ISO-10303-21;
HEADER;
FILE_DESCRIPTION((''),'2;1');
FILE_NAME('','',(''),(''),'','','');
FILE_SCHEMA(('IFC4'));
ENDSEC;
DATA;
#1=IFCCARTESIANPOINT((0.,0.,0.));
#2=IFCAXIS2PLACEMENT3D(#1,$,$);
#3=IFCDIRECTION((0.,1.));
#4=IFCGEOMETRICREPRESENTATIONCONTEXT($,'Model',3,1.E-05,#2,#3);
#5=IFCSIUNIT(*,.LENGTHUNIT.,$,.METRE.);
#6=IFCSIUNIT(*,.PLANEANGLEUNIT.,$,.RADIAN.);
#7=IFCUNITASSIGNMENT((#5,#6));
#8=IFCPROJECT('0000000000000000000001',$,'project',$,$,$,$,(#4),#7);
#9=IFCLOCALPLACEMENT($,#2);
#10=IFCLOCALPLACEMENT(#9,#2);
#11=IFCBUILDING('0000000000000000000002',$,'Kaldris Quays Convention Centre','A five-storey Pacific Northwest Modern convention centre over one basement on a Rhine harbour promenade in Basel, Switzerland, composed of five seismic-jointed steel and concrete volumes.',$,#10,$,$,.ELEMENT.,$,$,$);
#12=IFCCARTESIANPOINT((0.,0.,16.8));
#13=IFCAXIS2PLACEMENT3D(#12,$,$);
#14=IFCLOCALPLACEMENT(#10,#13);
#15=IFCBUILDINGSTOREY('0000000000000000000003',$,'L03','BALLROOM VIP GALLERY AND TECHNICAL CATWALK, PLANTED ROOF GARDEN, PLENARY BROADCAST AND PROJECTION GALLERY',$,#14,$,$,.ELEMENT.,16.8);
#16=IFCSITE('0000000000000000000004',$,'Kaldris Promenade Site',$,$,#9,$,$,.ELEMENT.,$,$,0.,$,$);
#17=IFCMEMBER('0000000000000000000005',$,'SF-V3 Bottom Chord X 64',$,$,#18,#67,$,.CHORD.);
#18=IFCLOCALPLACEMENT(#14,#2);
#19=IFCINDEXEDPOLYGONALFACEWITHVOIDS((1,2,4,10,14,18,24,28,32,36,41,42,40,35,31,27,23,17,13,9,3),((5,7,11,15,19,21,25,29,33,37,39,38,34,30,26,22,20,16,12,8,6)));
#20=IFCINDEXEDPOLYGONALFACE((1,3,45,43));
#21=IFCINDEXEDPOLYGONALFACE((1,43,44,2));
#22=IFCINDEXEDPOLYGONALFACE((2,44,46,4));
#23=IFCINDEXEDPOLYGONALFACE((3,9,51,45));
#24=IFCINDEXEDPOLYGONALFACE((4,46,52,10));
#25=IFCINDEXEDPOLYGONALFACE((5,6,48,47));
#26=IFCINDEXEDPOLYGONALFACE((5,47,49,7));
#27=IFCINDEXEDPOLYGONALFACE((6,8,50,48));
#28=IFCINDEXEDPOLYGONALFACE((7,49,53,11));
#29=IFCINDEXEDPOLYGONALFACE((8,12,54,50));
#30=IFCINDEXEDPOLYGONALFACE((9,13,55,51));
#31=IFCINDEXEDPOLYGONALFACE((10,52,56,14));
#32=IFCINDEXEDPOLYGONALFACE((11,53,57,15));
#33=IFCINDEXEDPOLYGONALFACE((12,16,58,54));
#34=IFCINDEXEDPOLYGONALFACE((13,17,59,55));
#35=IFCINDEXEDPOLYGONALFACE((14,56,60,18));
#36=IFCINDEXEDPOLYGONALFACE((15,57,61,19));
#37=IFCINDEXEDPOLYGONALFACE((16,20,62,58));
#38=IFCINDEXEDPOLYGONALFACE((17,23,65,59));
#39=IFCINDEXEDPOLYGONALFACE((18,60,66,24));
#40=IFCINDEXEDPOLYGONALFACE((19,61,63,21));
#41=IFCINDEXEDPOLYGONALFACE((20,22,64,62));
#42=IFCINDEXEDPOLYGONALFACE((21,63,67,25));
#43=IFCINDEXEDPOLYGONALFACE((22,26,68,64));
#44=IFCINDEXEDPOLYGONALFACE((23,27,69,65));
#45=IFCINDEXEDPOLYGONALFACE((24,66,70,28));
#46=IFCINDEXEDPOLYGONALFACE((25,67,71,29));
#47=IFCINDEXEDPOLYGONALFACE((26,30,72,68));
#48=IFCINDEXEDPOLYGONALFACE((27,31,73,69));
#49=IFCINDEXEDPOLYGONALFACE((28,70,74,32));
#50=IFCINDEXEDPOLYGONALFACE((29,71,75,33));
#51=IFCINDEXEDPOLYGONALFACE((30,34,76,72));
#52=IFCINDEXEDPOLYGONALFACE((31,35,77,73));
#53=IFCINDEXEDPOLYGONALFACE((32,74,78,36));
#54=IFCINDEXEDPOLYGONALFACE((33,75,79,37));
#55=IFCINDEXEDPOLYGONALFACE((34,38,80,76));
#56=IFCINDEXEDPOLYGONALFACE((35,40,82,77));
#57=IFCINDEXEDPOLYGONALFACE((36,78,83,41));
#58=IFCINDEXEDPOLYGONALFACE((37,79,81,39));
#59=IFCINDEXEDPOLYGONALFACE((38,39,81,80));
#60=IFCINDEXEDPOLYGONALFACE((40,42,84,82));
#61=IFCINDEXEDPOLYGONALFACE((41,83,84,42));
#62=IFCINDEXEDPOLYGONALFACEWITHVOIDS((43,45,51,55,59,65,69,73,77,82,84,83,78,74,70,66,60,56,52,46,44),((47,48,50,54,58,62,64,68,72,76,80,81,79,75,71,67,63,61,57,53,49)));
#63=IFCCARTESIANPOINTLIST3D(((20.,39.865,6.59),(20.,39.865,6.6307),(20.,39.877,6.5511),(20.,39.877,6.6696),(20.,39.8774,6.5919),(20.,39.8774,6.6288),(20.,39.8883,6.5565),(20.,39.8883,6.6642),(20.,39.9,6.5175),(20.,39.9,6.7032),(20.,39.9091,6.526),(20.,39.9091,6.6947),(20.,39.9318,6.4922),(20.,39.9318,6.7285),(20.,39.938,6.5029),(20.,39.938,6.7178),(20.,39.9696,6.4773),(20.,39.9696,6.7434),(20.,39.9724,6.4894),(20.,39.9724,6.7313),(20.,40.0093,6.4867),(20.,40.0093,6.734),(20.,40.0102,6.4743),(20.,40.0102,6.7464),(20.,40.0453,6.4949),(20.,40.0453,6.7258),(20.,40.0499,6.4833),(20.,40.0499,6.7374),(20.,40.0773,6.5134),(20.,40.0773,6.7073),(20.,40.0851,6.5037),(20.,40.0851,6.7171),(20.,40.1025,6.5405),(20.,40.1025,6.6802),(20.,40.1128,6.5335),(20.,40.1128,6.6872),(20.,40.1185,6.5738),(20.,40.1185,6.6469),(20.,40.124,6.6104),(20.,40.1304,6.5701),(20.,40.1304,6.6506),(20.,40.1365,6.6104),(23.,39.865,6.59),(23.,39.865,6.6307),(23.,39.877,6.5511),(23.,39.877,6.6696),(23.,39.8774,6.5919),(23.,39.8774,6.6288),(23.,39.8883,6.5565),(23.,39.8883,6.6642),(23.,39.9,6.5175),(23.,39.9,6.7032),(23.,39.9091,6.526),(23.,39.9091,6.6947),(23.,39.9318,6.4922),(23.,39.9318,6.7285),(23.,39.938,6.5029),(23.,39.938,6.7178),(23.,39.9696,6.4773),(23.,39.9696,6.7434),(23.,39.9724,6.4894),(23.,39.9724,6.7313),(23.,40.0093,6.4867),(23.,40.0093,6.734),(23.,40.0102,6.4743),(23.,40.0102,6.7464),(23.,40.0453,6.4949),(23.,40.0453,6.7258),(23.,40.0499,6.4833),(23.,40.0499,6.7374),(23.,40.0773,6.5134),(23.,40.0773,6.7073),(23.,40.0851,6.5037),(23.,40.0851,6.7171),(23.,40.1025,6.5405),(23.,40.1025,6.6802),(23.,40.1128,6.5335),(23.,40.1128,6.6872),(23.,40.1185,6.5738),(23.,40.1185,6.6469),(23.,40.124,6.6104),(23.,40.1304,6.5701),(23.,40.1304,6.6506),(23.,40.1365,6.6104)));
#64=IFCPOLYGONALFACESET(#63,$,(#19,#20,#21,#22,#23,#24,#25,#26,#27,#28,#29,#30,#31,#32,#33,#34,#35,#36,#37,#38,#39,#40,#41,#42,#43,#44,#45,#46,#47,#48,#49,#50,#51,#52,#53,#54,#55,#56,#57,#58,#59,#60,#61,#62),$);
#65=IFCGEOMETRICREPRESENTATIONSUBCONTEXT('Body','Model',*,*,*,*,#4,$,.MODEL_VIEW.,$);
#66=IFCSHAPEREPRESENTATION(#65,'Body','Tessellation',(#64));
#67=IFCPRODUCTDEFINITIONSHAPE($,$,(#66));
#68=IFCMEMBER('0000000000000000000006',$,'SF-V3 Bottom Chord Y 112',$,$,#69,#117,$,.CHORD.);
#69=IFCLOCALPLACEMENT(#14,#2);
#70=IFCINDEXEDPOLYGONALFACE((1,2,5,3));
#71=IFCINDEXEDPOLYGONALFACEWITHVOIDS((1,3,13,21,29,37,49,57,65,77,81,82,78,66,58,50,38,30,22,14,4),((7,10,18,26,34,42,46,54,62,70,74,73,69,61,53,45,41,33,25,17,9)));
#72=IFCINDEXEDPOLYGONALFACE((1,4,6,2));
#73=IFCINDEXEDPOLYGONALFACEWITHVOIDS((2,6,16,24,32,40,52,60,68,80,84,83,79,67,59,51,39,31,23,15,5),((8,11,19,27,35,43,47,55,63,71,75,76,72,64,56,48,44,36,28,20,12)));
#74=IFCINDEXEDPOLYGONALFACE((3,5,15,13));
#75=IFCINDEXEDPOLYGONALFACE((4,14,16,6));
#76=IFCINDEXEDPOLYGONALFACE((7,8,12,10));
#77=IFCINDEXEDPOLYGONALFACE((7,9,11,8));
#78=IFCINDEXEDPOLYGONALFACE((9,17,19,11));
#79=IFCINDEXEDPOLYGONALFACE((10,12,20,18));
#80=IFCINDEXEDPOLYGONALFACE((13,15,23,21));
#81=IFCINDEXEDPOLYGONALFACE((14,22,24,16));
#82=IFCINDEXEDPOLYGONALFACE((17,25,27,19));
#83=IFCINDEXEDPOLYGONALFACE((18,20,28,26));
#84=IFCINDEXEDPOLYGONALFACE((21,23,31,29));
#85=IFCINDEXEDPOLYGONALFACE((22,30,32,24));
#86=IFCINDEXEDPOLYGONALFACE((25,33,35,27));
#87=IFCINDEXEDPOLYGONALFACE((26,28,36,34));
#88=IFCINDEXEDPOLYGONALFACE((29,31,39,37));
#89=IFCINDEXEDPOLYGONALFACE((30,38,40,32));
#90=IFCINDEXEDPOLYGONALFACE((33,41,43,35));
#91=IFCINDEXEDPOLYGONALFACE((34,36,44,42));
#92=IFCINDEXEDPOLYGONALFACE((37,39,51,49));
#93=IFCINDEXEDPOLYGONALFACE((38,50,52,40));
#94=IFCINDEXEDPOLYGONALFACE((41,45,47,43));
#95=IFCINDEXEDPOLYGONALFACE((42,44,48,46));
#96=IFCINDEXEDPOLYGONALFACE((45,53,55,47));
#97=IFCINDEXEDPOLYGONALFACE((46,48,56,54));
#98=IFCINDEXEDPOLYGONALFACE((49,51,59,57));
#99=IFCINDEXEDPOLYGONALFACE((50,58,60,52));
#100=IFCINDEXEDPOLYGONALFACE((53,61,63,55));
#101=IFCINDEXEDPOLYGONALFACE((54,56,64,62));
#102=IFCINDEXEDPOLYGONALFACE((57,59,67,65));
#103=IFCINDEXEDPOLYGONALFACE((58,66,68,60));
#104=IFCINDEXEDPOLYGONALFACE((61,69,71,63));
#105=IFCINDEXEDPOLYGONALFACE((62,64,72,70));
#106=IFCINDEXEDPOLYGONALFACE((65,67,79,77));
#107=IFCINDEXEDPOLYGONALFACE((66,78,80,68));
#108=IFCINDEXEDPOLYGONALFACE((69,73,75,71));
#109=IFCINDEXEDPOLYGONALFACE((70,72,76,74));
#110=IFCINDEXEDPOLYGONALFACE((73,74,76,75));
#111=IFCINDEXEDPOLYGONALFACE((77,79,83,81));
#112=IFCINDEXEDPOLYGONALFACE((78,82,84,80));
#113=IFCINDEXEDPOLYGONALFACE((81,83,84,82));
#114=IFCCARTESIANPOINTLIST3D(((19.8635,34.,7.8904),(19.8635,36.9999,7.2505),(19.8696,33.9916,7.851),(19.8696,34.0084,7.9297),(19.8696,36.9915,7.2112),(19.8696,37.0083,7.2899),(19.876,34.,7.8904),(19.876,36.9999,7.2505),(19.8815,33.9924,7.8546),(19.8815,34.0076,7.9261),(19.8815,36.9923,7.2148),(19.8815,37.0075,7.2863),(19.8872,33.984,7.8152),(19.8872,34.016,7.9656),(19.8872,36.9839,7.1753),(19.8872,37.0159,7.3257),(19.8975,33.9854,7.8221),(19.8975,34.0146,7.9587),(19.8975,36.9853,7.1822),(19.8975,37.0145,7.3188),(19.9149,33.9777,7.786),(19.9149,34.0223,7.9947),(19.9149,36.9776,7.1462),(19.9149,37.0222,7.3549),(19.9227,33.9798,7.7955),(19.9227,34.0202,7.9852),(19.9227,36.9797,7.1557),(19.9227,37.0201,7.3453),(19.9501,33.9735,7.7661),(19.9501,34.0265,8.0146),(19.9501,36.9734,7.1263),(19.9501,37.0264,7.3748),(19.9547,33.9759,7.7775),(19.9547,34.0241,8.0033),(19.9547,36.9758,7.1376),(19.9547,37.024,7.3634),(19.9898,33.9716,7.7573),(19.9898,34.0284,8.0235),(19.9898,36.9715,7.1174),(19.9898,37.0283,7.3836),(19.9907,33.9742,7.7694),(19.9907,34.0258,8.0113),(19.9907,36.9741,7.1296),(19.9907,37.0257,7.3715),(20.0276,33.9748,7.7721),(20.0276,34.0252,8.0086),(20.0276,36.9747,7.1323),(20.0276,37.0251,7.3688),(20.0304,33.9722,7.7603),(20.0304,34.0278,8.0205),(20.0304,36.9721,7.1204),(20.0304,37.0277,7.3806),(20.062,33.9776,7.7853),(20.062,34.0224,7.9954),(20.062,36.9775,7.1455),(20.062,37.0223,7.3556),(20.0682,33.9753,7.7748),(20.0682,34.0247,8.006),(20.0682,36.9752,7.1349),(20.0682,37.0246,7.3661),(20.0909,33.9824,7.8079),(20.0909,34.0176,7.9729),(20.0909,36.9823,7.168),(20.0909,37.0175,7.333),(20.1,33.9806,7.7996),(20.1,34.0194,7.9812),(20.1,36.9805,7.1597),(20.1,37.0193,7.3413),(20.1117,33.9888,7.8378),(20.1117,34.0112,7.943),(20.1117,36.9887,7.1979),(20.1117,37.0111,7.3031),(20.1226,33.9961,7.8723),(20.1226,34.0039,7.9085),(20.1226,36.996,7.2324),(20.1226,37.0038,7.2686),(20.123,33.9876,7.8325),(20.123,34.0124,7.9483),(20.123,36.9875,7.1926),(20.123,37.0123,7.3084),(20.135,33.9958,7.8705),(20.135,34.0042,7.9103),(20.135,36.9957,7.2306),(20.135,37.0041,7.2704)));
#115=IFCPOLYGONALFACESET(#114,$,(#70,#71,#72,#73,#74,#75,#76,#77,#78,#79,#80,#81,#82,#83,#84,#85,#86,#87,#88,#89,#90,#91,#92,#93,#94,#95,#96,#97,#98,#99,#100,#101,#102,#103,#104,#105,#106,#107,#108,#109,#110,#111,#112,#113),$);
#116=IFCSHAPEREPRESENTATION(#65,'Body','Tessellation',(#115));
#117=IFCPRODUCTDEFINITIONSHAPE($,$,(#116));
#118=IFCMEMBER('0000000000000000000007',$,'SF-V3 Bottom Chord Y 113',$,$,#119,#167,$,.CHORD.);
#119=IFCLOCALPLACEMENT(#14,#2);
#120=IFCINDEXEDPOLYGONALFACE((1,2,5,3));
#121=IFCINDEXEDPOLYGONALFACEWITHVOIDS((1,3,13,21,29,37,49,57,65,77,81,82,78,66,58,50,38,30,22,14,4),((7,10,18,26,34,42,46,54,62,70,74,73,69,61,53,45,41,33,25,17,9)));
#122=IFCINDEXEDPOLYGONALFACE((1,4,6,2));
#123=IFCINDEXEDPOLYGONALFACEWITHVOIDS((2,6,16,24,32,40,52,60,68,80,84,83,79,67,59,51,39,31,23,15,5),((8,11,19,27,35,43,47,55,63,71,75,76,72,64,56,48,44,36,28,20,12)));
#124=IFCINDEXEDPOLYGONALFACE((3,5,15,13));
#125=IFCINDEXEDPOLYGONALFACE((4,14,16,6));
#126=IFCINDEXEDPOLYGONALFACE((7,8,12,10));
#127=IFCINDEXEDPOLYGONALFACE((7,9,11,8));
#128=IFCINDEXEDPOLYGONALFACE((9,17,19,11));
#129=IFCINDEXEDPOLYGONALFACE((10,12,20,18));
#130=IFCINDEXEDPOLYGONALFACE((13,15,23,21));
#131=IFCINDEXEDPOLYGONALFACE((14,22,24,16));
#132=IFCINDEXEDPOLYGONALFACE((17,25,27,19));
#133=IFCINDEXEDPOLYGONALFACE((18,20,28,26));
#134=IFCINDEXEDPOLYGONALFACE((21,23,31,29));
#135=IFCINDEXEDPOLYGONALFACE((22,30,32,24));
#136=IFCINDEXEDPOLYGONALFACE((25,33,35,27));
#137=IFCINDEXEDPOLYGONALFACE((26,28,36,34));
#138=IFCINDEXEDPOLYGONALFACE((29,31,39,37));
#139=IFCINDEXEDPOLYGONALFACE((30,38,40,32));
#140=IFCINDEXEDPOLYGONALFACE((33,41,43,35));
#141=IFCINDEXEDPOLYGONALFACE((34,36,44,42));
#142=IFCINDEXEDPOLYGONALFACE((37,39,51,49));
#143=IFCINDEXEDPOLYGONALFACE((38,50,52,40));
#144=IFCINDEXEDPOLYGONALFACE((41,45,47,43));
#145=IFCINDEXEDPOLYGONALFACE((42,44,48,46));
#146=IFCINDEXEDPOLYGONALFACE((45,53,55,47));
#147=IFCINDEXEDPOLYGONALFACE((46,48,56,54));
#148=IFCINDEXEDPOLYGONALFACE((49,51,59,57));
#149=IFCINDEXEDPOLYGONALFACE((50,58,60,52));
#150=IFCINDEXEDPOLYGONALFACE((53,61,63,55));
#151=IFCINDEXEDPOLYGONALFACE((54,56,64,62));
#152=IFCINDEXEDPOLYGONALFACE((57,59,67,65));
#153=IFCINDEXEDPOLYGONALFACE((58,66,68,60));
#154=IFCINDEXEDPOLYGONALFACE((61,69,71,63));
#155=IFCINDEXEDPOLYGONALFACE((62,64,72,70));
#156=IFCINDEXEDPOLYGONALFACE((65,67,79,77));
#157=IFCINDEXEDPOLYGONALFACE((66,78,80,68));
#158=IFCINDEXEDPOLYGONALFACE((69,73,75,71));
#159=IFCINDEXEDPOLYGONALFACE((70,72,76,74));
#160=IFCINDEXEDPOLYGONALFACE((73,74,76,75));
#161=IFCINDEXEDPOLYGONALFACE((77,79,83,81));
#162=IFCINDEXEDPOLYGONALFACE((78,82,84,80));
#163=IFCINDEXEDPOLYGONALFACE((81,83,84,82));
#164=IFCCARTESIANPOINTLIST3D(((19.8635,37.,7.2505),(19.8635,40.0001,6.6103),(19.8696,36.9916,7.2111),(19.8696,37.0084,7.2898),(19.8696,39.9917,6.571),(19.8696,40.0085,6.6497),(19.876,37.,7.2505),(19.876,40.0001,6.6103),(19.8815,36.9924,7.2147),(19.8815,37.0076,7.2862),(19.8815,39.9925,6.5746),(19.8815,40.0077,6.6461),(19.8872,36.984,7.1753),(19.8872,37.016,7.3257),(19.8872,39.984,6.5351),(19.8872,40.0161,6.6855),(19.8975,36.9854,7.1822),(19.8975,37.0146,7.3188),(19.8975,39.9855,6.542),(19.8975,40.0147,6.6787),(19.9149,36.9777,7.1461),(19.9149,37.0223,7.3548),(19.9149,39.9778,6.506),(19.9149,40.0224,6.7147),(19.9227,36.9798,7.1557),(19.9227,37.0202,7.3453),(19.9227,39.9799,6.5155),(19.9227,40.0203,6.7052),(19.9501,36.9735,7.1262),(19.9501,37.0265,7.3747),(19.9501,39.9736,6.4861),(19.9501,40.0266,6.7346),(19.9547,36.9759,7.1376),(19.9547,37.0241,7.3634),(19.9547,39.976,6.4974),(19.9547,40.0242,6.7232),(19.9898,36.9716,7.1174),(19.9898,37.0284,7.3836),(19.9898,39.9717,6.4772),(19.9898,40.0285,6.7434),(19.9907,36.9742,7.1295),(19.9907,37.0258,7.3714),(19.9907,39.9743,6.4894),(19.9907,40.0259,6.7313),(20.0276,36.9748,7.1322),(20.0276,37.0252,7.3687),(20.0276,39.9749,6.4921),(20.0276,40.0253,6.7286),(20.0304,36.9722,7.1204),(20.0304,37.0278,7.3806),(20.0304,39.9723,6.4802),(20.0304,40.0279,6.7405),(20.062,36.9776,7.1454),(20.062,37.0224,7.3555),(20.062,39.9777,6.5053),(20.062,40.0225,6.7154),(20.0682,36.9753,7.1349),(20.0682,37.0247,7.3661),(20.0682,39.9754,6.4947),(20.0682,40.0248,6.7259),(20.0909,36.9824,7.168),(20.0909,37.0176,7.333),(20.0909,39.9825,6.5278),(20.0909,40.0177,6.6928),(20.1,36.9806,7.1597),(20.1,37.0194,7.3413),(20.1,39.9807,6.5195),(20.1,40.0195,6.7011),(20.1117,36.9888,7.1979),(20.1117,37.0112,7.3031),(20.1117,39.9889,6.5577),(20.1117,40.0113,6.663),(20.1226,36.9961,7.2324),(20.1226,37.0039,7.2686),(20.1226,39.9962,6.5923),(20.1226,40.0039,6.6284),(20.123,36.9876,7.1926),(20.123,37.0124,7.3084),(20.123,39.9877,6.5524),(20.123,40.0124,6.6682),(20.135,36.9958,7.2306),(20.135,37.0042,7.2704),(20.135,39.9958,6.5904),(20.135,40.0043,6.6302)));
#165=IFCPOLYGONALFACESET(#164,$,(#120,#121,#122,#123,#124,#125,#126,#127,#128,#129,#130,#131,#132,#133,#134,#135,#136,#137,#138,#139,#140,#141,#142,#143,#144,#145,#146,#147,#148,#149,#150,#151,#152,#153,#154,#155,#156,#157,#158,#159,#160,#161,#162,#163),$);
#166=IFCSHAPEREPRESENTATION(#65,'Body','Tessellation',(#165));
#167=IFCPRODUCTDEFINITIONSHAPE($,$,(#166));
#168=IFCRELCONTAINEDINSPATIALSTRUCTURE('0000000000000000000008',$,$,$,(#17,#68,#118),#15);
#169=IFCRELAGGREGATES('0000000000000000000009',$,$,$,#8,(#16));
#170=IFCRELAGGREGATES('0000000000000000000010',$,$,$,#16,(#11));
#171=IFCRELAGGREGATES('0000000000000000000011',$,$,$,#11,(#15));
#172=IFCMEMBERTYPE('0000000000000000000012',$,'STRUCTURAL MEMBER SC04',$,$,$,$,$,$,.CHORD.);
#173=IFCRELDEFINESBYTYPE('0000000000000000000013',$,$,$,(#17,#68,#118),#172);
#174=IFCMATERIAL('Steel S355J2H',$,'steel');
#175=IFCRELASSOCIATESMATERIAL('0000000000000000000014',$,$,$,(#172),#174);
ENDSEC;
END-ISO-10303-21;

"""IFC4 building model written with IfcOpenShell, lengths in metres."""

from ifc_helpers import new_model, si_unit, direction, frame, origin, origin_2d, place, context, subcontext, project, spatial, hollow_circle, extrude, material, material_profile, profile_set, type_object, element, save


model = new_model("IFC4")

# Units and contexts
model_context = context("Model", 3, precision=1e-05, world=origin(), true_north=direction((0.0, 1.0)))
body_context = subcontext(model_context, "Body", "Model", "MODEL_VIEW")
ifc_project = project(units=[si_unit("LENGTHUNIT", "METRE"), si_unit("PLANEANGLEUNIT", "RADIAN")], contexts=[model_context])

# Site, building, storey
site_placement = place(None, origin())
site = spatial("IfcSite", under=ifc_project, at=site_placement, Name="Kaldris Promenade Site", CompositionType="ELEMENT", RefElevation=0.0)
building_placement = place(site_placement, origin())
building = spatial("IfcBuilding", under=site, at=building_placement, Name="Kaldris Quays Convention Centre", Description="A five-storey Pacific Northwest Modern convention centre over one basement on a Rhine harbour promenade in Basel, Switzerland, composed of five seismic-jointed steel and concrete volumes.", CompositionType="ELEMENT")
storey_placement = place(building_placement, frame((0.0, 0.0, 16.8)))
storey = spatial("IfcBuildingStorey", under=building, at=storey_placement, Name="L03", Description="BALLROOM VIP GALLERY AND TECHNICAL CATWALK, PLANTED ROOF GARDEN, PLENARY BROADCAST AND PROJECTION GALLERY", CompositionType="ELEMENT", Elevation=16.8)

# Members
ifc_material_1 = material(Name="Steel S355J2H", Category="steel")
ifc_material_profile_1 = material_profile(ifc_material_1, hollow_circle(Radius=0.1365, WallThickness=0.0125, at=origin_2d()), Name="CHS 273x12.5")
ifc_profile_set_1 = profile_set([ifc_material_profile_1], Name="Steel S355J2H")
member_type_1 = type_object("IfcMemberType", Name="STRUCTURAL MEMBER SC04", PredefinedType="CHORD", material=ifc_profile_set_1)
for number, where, z_axis, x_axis, name in (
    (1, (20.0, 40.0, 6.6104), (1.0, 0.0, 0.0), (0.0, 1.0, 0.0), "SF-V3 Bottom Chord X 64"),
):
    element("IfcMember", number, at=place(storey_placement, frame(where, z_axis=z_axis, x_axis=x_axis)), inside=storey, type_object=member_type_1, Name=name, PredefinedType="CHORD", context=body_context, shape_type="SweptSolid", body=[
        extrude(hollow_circle(Radius=0.1365, WallThickness=0.0125, at=origin_2d()), origin(), (0.0, 0.0, 1.0), 3.0),
    ])
member_1_placement = place(storey_placement, frame((20.0, 34.0, 7.8904), z_axis=(0.0, 0.978, -0.208605), x_axis=(-1.0, 0.0, 0.0)))
element("IfcMember", 2, at=member_1_placement, inside=storey, type_object=member_type_1, Name="SF-V3 Bottom Chord Y 112", PredefinedType="CHORD", context=body_context, shape_type="SweptSolid", body=[
    extrude(hollow_circle(Radius=0.1365, WallThickness=0.0125, at=origin_2d()), origin(), (0.0, 0.0, 1.0), 3.0674),
])
member_2_placement = place(storey_placement, frame((20.0, 37.0, 7.2505), z_axis=(0.0, 0.977984, -0.208681), x_axis=(-1.0, 0.0, 0.0)))
element("IfcMember", 3, at=member_2_placement, inside=storey, type_object=member_type_1, Name="SF-V3 Bottom Chord Y 113", PredefinedType="CHORD", context=body_context, shape_type="SweptSolid", body=[
    extrude(hollow_circle(Radius=0.1365, WallThickness=0.0125, at=origin_2d()), origin(), (0.0, 0.0, 1.0), 3.0676),
])

save(model, "model.ifc")
